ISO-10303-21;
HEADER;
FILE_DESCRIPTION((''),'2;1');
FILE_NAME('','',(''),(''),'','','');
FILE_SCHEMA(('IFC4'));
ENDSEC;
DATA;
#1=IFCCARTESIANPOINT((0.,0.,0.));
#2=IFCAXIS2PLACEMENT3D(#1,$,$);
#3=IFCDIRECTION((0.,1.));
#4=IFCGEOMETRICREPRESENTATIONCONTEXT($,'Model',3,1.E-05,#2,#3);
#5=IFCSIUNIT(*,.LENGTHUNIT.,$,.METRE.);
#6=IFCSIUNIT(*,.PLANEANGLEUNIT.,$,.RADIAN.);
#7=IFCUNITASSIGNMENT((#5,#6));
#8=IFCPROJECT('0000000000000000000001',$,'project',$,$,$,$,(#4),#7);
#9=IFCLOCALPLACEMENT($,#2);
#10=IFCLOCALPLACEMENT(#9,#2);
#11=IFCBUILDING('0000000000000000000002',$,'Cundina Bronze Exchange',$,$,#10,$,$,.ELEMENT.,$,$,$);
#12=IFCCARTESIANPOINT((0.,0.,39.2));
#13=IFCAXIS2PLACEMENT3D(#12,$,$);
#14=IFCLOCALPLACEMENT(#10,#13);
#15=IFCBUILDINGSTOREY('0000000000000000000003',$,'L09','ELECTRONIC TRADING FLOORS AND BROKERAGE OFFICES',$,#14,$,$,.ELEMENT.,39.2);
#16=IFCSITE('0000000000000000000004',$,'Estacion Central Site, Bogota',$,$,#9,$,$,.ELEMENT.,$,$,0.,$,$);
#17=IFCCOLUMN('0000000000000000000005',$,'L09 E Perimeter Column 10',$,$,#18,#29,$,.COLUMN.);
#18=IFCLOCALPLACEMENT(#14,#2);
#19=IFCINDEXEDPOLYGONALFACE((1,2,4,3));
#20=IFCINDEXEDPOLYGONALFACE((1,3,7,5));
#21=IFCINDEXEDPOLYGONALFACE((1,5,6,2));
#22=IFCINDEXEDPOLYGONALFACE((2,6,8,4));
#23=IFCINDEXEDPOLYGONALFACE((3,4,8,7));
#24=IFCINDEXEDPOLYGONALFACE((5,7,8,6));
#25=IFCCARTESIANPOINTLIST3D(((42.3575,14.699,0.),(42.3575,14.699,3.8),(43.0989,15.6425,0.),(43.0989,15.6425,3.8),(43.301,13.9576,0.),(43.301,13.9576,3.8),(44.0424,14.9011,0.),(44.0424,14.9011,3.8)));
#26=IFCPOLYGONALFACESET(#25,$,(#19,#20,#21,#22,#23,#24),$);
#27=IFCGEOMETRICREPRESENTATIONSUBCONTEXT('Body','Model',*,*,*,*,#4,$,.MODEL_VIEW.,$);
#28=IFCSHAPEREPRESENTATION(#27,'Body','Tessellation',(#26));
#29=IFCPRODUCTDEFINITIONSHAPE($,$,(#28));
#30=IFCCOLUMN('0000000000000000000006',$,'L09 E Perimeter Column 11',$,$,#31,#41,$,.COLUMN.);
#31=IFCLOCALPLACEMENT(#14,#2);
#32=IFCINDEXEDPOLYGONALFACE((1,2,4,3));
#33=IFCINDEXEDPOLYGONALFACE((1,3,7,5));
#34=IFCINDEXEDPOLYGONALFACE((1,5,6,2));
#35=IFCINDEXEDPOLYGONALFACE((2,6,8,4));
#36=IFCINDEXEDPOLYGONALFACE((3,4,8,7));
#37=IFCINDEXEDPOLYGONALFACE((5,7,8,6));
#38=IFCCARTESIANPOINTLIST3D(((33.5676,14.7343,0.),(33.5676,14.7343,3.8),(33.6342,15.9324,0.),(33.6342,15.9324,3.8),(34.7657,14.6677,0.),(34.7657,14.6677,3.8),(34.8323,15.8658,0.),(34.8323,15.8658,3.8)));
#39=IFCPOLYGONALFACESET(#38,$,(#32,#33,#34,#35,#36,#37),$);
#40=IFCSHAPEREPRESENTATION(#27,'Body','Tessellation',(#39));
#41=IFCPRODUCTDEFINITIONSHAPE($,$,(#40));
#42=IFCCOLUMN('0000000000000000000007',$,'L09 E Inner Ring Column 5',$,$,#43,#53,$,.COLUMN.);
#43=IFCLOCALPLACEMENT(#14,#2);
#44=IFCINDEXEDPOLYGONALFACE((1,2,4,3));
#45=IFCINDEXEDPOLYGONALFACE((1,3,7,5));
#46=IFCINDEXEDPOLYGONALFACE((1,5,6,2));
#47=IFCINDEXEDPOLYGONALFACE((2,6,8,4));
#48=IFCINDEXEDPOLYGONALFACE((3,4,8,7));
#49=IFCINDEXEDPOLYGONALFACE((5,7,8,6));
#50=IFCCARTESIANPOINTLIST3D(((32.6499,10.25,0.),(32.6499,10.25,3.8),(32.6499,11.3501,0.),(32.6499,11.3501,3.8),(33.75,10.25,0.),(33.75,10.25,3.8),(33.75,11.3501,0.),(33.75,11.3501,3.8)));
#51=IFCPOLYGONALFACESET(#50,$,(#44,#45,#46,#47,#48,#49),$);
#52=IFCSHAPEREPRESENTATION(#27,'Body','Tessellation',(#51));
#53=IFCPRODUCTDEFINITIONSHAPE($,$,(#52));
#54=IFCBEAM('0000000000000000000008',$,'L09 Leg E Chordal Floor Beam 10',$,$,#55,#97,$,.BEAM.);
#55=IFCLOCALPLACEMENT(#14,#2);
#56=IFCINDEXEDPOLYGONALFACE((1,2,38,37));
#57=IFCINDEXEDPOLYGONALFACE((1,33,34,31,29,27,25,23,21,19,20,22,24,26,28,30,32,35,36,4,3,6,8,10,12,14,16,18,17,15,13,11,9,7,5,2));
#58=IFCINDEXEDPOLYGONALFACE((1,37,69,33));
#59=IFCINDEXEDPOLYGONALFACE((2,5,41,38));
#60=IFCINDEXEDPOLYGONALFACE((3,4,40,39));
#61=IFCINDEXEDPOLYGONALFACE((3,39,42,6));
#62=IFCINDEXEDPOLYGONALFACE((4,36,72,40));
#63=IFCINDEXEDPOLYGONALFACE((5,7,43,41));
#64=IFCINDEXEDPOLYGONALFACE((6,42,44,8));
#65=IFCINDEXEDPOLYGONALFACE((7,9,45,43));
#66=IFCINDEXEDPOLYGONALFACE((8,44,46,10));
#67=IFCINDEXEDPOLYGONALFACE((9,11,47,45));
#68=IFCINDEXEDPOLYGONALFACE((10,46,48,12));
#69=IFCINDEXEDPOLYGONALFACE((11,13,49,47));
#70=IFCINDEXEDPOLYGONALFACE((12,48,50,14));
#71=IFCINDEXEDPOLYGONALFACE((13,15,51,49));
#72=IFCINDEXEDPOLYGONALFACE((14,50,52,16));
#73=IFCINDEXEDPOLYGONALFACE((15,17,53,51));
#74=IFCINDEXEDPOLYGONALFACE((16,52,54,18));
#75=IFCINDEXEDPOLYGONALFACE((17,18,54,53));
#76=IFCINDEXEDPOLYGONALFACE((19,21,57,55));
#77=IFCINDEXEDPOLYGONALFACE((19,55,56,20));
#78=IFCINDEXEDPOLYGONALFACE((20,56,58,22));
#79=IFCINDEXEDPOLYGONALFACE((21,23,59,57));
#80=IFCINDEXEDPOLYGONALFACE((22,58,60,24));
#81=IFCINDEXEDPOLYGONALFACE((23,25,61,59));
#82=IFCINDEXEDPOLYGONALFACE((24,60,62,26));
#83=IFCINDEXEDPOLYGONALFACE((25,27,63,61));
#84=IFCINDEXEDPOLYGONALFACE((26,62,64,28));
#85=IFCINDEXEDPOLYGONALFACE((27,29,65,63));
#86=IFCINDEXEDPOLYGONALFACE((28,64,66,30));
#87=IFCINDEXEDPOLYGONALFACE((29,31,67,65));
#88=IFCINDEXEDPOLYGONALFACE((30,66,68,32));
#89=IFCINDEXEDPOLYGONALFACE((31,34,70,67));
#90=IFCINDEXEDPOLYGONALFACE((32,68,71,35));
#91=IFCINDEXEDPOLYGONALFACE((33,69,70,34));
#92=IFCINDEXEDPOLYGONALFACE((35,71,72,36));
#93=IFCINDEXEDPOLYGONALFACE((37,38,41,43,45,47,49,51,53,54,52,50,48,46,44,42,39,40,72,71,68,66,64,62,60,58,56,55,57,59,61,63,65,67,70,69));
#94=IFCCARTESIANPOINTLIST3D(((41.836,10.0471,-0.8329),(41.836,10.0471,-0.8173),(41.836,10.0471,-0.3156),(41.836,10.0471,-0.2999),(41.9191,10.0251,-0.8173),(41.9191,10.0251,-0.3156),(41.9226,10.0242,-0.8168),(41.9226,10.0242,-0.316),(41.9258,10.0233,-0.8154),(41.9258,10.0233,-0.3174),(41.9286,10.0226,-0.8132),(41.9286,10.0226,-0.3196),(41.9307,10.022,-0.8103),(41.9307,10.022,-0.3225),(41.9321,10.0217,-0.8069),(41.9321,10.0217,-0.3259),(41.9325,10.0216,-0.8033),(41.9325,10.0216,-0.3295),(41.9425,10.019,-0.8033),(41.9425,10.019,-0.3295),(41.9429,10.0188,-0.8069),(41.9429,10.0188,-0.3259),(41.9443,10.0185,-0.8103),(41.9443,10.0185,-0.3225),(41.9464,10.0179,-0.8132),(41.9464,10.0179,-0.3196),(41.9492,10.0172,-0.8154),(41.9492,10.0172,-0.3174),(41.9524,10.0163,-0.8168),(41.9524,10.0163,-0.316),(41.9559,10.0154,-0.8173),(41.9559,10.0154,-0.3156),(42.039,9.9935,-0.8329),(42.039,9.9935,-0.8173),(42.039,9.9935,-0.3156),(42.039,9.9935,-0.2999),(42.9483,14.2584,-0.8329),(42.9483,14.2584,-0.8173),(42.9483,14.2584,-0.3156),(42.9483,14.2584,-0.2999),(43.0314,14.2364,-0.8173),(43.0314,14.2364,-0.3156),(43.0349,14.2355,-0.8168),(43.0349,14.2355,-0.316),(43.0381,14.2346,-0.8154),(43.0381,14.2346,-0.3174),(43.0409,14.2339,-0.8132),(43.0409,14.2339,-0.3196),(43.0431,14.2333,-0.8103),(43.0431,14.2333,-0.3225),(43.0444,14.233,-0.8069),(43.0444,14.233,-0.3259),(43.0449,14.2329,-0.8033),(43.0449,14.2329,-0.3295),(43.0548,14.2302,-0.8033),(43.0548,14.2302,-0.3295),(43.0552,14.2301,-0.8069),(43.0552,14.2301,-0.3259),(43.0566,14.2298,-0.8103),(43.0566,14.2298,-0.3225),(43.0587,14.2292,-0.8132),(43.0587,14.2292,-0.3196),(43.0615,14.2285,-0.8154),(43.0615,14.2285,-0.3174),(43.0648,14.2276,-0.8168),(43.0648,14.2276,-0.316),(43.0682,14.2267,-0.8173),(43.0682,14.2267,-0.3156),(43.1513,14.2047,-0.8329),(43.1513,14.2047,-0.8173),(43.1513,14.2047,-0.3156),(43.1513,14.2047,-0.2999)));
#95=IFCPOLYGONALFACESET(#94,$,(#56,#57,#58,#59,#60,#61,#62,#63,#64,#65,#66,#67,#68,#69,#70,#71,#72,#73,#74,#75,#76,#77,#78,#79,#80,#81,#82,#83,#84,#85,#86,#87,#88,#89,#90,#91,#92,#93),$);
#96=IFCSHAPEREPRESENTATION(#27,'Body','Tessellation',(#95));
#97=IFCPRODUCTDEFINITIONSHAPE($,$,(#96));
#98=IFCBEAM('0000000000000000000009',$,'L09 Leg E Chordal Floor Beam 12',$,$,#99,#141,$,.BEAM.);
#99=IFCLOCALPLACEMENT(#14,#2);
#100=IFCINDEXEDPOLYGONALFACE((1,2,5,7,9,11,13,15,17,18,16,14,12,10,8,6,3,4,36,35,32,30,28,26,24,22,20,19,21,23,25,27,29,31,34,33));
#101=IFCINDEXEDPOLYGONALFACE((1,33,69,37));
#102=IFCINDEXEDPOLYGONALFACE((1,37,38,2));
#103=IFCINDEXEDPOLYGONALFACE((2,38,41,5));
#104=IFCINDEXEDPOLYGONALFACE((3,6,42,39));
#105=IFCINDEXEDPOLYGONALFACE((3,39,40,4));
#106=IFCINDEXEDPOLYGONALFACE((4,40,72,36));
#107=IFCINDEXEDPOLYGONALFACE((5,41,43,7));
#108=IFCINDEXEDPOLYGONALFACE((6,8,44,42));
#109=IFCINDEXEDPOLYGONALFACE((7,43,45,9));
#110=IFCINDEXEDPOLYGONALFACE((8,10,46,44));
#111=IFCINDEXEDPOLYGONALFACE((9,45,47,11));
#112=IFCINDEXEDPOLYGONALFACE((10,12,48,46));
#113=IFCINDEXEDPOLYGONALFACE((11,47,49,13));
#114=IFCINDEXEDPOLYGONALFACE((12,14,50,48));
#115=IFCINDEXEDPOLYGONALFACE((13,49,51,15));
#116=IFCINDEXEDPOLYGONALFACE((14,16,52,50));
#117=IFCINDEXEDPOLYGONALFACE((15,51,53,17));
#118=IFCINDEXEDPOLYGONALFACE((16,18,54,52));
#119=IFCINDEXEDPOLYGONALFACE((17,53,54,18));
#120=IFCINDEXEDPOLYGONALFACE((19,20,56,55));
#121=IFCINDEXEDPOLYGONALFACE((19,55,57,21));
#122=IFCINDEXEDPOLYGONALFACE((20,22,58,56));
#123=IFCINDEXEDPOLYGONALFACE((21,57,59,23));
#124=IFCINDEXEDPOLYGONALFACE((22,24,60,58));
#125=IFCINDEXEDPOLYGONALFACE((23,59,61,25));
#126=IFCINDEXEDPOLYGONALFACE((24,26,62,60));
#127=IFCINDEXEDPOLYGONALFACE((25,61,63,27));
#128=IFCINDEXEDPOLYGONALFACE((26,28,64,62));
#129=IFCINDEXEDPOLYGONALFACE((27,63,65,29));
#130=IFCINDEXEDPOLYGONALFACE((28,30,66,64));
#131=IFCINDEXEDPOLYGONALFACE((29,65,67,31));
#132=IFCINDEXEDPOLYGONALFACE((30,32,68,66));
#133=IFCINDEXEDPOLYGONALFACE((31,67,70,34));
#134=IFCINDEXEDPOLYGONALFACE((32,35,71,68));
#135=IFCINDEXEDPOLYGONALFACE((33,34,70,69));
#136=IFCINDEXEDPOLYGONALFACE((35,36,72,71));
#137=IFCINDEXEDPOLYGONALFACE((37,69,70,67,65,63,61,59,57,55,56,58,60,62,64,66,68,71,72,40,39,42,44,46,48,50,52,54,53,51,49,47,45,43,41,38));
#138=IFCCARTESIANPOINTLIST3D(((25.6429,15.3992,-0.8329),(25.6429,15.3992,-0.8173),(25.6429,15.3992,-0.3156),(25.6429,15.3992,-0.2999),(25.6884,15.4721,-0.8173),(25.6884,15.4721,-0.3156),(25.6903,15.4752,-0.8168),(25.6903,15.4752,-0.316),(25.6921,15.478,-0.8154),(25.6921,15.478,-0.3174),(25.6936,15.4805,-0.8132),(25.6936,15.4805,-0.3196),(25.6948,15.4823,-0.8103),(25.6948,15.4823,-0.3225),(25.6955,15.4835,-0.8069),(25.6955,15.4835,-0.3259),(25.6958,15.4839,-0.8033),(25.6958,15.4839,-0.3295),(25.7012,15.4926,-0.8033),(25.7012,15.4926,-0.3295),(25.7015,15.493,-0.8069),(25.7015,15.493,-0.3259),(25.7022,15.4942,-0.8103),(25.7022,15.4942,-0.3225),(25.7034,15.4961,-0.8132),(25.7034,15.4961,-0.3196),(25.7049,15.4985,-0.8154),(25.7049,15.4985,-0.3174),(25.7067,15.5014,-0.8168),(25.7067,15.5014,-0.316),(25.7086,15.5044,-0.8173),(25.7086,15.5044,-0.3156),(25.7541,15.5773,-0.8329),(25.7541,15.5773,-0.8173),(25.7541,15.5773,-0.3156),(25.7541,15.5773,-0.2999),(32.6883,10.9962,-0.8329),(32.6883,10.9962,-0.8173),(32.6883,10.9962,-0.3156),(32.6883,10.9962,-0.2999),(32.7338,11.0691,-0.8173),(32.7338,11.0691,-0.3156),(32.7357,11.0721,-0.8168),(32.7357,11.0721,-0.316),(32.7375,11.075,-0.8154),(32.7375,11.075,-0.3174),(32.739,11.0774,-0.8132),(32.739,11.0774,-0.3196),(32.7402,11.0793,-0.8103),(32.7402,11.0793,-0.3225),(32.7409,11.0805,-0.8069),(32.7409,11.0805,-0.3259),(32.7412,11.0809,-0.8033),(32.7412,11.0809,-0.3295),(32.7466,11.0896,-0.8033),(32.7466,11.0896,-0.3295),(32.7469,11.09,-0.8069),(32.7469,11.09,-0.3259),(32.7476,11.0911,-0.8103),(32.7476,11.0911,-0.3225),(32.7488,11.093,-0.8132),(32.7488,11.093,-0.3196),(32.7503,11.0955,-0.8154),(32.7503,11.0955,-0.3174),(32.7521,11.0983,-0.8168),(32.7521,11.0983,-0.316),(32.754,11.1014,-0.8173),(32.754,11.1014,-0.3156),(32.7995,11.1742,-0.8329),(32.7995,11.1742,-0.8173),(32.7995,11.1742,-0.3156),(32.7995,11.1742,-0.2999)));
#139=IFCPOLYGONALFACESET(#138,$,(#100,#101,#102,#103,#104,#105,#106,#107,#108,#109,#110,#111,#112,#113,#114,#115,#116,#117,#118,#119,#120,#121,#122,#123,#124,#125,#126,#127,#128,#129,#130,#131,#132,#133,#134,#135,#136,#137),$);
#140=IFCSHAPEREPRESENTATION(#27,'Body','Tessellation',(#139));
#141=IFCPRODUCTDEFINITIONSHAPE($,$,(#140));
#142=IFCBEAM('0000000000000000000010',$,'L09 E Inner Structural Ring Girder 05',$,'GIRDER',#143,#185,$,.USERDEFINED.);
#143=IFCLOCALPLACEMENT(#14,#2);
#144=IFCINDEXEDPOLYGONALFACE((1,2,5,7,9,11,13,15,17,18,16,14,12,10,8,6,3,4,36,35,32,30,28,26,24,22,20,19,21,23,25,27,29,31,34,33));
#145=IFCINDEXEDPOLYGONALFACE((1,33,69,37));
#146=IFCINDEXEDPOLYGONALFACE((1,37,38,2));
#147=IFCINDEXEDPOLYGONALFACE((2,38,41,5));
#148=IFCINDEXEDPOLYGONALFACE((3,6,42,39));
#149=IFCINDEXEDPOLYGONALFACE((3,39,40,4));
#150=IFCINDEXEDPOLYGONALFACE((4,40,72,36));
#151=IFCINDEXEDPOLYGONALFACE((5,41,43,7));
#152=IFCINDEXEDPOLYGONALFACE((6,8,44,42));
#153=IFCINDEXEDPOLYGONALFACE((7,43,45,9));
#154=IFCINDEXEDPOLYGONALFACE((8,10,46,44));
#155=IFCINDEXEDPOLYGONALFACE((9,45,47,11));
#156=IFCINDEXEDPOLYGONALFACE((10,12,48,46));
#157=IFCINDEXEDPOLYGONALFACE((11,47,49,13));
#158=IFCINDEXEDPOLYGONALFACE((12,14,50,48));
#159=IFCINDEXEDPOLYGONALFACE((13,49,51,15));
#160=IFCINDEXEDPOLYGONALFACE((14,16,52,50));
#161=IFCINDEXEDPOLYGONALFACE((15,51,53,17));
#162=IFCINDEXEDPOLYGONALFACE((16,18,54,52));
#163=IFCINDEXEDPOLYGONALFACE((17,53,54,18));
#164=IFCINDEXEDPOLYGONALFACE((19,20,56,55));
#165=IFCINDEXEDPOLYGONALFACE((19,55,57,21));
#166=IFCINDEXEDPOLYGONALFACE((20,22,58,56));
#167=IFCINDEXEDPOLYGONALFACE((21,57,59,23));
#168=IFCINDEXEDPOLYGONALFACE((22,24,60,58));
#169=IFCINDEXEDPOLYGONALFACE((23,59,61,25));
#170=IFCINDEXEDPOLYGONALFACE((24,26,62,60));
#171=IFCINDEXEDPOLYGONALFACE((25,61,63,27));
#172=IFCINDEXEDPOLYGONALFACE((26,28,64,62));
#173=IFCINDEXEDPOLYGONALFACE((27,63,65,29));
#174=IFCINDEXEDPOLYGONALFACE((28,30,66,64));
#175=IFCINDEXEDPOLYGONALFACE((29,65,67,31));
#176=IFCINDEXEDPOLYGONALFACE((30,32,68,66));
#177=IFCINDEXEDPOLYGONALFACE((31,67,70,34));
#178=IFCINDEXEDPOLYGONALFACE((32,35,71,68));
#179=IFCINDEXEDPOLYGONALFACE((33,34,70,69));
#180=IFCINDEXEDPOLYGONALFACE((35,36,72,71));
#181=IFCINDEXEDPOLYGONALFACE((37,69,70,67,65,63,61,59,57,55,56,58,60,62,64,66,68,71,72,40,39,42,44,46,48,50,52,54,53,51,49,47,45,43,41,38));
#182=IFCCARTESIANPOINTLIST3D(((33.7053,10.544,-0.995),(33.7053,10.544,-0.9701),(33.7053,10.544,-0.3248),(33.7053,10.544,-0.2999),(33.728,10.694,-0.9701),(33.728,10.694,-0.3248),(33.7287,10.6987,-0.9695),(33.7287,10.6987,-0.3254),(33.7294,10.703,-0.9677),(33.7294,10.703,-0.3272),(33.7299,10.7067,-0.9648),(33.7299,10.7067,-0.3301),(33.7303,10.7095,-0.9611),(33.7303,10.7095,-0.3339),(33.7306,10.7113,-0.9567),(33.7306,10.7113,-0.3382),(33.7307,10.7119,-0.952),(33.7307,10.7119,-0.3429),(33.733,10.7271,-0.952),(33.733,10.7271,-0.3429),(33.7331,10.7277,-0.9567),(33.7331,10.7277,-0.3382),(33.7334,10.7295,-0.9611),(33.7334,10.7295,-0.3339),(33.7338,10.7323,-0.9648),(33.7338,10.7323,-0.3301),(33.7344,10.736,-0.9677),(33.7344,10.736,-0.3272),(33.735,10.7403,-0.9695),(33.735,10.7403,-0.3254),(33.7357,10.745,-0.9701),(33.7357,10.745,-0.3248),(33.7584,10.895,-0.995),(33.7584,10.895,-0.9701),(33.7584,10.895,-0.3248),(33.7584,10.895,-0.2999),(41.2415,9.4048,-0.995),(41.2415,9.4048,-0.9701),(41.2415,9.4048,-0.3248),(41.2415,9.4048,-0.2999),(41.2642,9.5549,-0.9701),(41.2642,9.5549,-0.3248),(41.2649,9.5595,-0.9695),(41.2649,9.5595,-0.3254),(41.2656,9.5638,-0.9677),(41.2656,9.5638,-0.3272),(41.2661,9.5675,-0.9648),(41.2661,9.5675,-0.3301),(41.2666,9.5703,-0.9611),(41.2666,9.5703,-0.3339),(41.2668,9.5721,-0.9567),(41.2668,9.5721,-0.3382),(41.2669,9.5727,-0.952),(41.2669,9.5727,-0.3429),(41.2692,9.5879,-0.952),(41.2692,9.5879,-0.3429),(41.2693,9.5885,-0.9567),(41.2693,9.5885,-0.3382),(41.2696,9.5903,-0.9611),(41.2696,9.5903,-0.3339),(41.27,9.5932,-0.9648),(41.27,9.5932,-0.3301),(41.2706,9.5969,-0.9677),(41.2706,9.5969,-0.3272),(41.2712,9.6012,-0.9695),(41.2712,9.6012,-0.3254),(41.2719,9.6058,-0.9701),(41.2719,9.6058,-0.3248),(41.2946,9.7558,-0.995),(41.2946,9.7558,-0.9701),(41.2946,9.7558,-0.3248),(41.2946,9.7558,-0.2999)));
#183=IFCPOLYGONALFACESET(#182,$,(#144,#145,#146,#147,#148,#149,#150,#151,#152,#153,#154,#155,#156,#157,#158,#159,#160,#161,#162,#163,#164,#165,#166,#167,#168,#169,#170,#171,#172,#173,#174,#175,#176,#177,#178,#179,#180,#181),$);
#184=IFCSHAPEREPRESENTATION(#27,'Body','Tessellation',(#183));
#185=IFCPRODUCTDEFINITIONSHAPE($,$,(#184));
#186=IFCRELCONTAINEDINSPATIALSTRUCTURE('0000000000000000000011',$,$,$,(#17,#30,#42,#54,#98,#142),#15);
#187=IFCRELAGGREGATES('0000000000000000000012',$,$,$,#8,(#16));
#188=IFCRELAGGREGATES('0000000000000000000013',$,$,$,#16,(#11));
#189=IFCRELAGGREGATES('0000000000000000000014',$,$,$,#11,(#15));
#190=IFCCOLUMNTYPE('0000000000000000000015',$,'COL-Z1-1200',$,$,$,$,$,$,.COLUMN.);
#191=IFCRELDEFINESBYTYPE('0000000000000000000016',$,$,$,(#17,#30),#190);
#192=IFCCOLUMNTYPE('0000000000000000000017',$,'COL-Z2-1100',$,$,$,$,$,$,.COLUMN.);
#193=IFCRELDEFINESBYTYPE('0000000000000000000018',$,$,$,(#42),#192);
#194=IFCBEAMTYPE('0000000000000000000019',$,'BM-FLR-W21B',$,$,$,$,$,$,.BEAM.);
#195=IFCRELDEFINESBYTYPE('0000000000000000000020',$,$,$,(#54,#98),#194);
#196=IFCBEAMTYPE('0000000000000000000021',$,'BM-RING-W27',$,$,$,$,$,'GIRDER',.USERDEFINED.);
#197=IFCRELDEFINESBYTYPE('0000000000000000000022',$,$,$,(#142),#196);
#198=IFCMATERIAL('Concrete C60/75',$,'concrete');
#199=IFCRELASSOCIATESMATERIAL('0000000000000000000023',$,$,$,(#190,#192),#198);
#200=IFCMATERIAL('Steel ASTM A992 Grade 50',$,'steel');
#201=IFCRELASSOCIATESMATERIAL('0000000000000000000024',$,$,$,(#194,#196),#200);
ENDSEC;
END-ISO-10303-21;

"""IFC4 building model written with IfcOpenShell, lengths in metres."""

from ifc_helpers import new_model, si_unit, direction, frame, origin, origin_2d, place, context, subcontext, project, spatial, rectangle, i_section, extrude, material, material_profile, profile_set, type_object, element, save


model = new_model("IFC4")

# Units and contexts
model_context = context("Model", 3, precision=1e-05, world=origin(), true_north=direction((0.0, 1.0)))
body_context = subcontext(model_context, "Body", "Model", "MODEL_VIEW")
ifc_project = project(units=[si_unit("LENGTHUNIT", "METRE"), si_unit("PLANEANGLEUNIT", "RADIAN")], contexts=[model_context])

# Site, building, storey
site_placement = place(None, origin())
site = spatial("IfcSite", under=ifc_project, at=site_placement, Name="Estacion Central Site, Bogota", CompositionType="ELEMENT", RefElevation=0.0)
building_placement = place(site_placement, origin())
building = spatial("IfcBuilding", under=site, at=building_placement, Name="Cundina Bronze Exchange", CompositionType="ELEMENT")
storey_placement = place(building_placement, frame((0.0, 0.0, 39.2)))
storey = spatial("IfcBuildingStorey", under=building, at=storey_placement, Name="L09", Description="ELECTRONIC TRADING FLOORS AND BROKERAGE OFFICES", CompositionType="ELEMENT", Elevation=39.2)

# Columns
ifc_material_1 = material(Name="Concrete C60/75", Category="concrete")
ifc_material_profile_1 = material_profile(ifc_material_1, rectangle(XDim=1.2, YDim=1.2, at=origin_2d()), Name="RC1200X1200", Category="concrete")
ifc_profile_set_1 = profile_set([ifc_material_profile_1], Name="Concrete C60/75")
column_type_1 = type_object("IfcColumnType", Name="COL-Z1-1200", PredefinedType="COLUMN", material=ifc_profile_set_1)
for number, where, z_axis, x_axis, name in (
    (1, (43.2, 14.8, 0.0), (0.0, 0.0, 1.0), (-0.786288, 0.61786, 0.0), "L09 E Perimeter Column 10"),
    (2, (34.2, 15.3, 0.0), (0.0, 0.0, 1.0), (-0.99846, 0.055473, 0.0), "L09 E Perimeter Column 11"),
):
    element("IfcColumn", number, at=place(storey_placement, frame(where, z_axis=z_axis, x_axis=x_axis)), inside=storey, type_object=column_type_1, Name=name, PredefinedType="COLUMN", context=body_context, shape_type="SweptSolid", body=[
        extrude(rectangle(XDim=1.2, YDim=1.2, at=origin_2d()), origin(), (0.0, 0.0, 1.0), 3.8),
    ])
ifc_material_profile_2 = material_profile(ifc_material_1, rectangle(XDim=1.1001, YDim=1.1001, at=origin_2d()), Name="RC1100X1100", Category="concrete")
ifc_profile_set_2 = profile_set([ifc_material_profile_2], Name="Concrete C60/75")
column_type_2 = type_object("IfcColumnType", Name="COL-Z2-1100", PredefinedType="COLUMN", material=ifc_profile_set_2)
column_placement = place(storey_placement, frame((33.2, 10.8, 0.0), z_axis=(0.0, 0.0, 1.0), x_axis=(1.0, 0.0, 0.0)))
element("IfcColumn", 3, at=column_placement, inside=storey, type_object=column_type_2, Name="L09 E Inner Ring Column 5", PredefinedType="COLUMN", context=body_context, shape_type="SweptSolid", body=[
    extrude(rectangle(XDim=1.1001, YDim=1.1001, at=origin_2d()), origin(), (0.0, 0.0, 1.0), 3.8),
])

# Beams
ifc_material_2 = material(Name="Steel ASTM A992 Grade 50", Category="steel")
ifc_material_profile_3 = material_profile(ifc_material_2, i_section(OverallWidth=0.21, OverallDepth=0.533, WebThickness=0.0103, FlangeThickness=0.0156, FilletRadius=0.0139, at=origin_2d()), Name="W21X62", Category="steel")
ifc_profile_set_3 = profile_set([ifc_material_profile_3], Name="Steel ASTM A992 Grade 50")
beam_type_1 = type_object("IfcBeamType", Name="BM-FLR-W21B", PredefinedType="BEAM", material=ifc_profile_set_3)
beam_1_placement = place(storey_placement, frame((41.9375, 10.0203, -0.5664), z_axis=(0.255373, 0.966843, 0.0), x_axis=(-0.966843, 0.255373, 0.0)))
element("IfcBeam", 4, at=beam_1_placement, inside=storey, type_object=beam_type_1, Name="L09 Leg E Chordal Floor Beam 10", PredefinedType="BEAM", context=body_context, shape_type="SweptSolid", body=[
    extrude(i_section(OverallWidth=0.21, OverallDepth=0.533, WebThickness=0.0103, FlangeThickness=0.0156, FilletRadius=0.0139, at=origin_2d()), origin(), (0.0, 0.0, 1.0), 4.3557),
])
beam_2_placement = place(storey_placement, frame((32.7439, 11.0852, -0.5664), z_axis=(-0.848015, 0.529973, 0.0), x_axis=(-0.529973, -0.848015, 0.0)))
element("IfcBeam", 5, at=beam_2_placement, inside=storey, type_object=beam_type_1, Name="L09 Leg E Chordal Floor Beam 12", PredefinedType="BEAM", context=body_context, shape_type="SweptSolid", body=[
    extrude(i_section(OverallWidth=0.21, OverallDepth=0.533, WebThickness=0.0103, FlangeThickness=0.0156, FilletRadius=0.0139, at=origin_2d()), origin(), (0.0, 0.0, 1.0), 8.3081),
])
ifc_material_profile_4 = material_profile(ifc_material_2, i_section(OverallWidth=0.355, OverallDepth=0.6951, WebThickness=0.0154, FlangeThickness=0.0249, FilletRadius=0.0181, at=origin_2d()), Name="W27X146", Category="steel")
ifc_profile_set_4 = profile_set([ifc_material_profile_4], Name="Steel ASTM A992 Grade 50")
beam_type_2 = type_object("IfcBeamType", Name="BM-RING-W27", ElementType="GIRDER", PredefinedType="USERDEFINED", material=ifc_profile_set_4)
beam_3_placement = place(storey_placement, frame((41.2681, 9.5803, -0.6475), z_axis=(-0.988767, 0.149462, 0.0), x_axis=(-0.149462, -0.988767, 0.0)))
element("IfcBeam", 6, at=beam_3_placement, inside=storey, type_object=beam_type_2, Name="L09 E Inner Structural Ring Girder 05", ObjectType="GIRDER", PredefinedType="USERDEFINED", context=body_context, shape_type="SweptSolid", body=[
    extrude(i_section(OverallWidth=0.355, OverallDepth=0.6951, WebThickness=0.0154, FlangeThickness=0.0249, FilletRadius=0.0181, at=origin_2d()), origin(), (0.0, 0.0, 1.0), 7.6218),
])

save(model, "model.ifc")
